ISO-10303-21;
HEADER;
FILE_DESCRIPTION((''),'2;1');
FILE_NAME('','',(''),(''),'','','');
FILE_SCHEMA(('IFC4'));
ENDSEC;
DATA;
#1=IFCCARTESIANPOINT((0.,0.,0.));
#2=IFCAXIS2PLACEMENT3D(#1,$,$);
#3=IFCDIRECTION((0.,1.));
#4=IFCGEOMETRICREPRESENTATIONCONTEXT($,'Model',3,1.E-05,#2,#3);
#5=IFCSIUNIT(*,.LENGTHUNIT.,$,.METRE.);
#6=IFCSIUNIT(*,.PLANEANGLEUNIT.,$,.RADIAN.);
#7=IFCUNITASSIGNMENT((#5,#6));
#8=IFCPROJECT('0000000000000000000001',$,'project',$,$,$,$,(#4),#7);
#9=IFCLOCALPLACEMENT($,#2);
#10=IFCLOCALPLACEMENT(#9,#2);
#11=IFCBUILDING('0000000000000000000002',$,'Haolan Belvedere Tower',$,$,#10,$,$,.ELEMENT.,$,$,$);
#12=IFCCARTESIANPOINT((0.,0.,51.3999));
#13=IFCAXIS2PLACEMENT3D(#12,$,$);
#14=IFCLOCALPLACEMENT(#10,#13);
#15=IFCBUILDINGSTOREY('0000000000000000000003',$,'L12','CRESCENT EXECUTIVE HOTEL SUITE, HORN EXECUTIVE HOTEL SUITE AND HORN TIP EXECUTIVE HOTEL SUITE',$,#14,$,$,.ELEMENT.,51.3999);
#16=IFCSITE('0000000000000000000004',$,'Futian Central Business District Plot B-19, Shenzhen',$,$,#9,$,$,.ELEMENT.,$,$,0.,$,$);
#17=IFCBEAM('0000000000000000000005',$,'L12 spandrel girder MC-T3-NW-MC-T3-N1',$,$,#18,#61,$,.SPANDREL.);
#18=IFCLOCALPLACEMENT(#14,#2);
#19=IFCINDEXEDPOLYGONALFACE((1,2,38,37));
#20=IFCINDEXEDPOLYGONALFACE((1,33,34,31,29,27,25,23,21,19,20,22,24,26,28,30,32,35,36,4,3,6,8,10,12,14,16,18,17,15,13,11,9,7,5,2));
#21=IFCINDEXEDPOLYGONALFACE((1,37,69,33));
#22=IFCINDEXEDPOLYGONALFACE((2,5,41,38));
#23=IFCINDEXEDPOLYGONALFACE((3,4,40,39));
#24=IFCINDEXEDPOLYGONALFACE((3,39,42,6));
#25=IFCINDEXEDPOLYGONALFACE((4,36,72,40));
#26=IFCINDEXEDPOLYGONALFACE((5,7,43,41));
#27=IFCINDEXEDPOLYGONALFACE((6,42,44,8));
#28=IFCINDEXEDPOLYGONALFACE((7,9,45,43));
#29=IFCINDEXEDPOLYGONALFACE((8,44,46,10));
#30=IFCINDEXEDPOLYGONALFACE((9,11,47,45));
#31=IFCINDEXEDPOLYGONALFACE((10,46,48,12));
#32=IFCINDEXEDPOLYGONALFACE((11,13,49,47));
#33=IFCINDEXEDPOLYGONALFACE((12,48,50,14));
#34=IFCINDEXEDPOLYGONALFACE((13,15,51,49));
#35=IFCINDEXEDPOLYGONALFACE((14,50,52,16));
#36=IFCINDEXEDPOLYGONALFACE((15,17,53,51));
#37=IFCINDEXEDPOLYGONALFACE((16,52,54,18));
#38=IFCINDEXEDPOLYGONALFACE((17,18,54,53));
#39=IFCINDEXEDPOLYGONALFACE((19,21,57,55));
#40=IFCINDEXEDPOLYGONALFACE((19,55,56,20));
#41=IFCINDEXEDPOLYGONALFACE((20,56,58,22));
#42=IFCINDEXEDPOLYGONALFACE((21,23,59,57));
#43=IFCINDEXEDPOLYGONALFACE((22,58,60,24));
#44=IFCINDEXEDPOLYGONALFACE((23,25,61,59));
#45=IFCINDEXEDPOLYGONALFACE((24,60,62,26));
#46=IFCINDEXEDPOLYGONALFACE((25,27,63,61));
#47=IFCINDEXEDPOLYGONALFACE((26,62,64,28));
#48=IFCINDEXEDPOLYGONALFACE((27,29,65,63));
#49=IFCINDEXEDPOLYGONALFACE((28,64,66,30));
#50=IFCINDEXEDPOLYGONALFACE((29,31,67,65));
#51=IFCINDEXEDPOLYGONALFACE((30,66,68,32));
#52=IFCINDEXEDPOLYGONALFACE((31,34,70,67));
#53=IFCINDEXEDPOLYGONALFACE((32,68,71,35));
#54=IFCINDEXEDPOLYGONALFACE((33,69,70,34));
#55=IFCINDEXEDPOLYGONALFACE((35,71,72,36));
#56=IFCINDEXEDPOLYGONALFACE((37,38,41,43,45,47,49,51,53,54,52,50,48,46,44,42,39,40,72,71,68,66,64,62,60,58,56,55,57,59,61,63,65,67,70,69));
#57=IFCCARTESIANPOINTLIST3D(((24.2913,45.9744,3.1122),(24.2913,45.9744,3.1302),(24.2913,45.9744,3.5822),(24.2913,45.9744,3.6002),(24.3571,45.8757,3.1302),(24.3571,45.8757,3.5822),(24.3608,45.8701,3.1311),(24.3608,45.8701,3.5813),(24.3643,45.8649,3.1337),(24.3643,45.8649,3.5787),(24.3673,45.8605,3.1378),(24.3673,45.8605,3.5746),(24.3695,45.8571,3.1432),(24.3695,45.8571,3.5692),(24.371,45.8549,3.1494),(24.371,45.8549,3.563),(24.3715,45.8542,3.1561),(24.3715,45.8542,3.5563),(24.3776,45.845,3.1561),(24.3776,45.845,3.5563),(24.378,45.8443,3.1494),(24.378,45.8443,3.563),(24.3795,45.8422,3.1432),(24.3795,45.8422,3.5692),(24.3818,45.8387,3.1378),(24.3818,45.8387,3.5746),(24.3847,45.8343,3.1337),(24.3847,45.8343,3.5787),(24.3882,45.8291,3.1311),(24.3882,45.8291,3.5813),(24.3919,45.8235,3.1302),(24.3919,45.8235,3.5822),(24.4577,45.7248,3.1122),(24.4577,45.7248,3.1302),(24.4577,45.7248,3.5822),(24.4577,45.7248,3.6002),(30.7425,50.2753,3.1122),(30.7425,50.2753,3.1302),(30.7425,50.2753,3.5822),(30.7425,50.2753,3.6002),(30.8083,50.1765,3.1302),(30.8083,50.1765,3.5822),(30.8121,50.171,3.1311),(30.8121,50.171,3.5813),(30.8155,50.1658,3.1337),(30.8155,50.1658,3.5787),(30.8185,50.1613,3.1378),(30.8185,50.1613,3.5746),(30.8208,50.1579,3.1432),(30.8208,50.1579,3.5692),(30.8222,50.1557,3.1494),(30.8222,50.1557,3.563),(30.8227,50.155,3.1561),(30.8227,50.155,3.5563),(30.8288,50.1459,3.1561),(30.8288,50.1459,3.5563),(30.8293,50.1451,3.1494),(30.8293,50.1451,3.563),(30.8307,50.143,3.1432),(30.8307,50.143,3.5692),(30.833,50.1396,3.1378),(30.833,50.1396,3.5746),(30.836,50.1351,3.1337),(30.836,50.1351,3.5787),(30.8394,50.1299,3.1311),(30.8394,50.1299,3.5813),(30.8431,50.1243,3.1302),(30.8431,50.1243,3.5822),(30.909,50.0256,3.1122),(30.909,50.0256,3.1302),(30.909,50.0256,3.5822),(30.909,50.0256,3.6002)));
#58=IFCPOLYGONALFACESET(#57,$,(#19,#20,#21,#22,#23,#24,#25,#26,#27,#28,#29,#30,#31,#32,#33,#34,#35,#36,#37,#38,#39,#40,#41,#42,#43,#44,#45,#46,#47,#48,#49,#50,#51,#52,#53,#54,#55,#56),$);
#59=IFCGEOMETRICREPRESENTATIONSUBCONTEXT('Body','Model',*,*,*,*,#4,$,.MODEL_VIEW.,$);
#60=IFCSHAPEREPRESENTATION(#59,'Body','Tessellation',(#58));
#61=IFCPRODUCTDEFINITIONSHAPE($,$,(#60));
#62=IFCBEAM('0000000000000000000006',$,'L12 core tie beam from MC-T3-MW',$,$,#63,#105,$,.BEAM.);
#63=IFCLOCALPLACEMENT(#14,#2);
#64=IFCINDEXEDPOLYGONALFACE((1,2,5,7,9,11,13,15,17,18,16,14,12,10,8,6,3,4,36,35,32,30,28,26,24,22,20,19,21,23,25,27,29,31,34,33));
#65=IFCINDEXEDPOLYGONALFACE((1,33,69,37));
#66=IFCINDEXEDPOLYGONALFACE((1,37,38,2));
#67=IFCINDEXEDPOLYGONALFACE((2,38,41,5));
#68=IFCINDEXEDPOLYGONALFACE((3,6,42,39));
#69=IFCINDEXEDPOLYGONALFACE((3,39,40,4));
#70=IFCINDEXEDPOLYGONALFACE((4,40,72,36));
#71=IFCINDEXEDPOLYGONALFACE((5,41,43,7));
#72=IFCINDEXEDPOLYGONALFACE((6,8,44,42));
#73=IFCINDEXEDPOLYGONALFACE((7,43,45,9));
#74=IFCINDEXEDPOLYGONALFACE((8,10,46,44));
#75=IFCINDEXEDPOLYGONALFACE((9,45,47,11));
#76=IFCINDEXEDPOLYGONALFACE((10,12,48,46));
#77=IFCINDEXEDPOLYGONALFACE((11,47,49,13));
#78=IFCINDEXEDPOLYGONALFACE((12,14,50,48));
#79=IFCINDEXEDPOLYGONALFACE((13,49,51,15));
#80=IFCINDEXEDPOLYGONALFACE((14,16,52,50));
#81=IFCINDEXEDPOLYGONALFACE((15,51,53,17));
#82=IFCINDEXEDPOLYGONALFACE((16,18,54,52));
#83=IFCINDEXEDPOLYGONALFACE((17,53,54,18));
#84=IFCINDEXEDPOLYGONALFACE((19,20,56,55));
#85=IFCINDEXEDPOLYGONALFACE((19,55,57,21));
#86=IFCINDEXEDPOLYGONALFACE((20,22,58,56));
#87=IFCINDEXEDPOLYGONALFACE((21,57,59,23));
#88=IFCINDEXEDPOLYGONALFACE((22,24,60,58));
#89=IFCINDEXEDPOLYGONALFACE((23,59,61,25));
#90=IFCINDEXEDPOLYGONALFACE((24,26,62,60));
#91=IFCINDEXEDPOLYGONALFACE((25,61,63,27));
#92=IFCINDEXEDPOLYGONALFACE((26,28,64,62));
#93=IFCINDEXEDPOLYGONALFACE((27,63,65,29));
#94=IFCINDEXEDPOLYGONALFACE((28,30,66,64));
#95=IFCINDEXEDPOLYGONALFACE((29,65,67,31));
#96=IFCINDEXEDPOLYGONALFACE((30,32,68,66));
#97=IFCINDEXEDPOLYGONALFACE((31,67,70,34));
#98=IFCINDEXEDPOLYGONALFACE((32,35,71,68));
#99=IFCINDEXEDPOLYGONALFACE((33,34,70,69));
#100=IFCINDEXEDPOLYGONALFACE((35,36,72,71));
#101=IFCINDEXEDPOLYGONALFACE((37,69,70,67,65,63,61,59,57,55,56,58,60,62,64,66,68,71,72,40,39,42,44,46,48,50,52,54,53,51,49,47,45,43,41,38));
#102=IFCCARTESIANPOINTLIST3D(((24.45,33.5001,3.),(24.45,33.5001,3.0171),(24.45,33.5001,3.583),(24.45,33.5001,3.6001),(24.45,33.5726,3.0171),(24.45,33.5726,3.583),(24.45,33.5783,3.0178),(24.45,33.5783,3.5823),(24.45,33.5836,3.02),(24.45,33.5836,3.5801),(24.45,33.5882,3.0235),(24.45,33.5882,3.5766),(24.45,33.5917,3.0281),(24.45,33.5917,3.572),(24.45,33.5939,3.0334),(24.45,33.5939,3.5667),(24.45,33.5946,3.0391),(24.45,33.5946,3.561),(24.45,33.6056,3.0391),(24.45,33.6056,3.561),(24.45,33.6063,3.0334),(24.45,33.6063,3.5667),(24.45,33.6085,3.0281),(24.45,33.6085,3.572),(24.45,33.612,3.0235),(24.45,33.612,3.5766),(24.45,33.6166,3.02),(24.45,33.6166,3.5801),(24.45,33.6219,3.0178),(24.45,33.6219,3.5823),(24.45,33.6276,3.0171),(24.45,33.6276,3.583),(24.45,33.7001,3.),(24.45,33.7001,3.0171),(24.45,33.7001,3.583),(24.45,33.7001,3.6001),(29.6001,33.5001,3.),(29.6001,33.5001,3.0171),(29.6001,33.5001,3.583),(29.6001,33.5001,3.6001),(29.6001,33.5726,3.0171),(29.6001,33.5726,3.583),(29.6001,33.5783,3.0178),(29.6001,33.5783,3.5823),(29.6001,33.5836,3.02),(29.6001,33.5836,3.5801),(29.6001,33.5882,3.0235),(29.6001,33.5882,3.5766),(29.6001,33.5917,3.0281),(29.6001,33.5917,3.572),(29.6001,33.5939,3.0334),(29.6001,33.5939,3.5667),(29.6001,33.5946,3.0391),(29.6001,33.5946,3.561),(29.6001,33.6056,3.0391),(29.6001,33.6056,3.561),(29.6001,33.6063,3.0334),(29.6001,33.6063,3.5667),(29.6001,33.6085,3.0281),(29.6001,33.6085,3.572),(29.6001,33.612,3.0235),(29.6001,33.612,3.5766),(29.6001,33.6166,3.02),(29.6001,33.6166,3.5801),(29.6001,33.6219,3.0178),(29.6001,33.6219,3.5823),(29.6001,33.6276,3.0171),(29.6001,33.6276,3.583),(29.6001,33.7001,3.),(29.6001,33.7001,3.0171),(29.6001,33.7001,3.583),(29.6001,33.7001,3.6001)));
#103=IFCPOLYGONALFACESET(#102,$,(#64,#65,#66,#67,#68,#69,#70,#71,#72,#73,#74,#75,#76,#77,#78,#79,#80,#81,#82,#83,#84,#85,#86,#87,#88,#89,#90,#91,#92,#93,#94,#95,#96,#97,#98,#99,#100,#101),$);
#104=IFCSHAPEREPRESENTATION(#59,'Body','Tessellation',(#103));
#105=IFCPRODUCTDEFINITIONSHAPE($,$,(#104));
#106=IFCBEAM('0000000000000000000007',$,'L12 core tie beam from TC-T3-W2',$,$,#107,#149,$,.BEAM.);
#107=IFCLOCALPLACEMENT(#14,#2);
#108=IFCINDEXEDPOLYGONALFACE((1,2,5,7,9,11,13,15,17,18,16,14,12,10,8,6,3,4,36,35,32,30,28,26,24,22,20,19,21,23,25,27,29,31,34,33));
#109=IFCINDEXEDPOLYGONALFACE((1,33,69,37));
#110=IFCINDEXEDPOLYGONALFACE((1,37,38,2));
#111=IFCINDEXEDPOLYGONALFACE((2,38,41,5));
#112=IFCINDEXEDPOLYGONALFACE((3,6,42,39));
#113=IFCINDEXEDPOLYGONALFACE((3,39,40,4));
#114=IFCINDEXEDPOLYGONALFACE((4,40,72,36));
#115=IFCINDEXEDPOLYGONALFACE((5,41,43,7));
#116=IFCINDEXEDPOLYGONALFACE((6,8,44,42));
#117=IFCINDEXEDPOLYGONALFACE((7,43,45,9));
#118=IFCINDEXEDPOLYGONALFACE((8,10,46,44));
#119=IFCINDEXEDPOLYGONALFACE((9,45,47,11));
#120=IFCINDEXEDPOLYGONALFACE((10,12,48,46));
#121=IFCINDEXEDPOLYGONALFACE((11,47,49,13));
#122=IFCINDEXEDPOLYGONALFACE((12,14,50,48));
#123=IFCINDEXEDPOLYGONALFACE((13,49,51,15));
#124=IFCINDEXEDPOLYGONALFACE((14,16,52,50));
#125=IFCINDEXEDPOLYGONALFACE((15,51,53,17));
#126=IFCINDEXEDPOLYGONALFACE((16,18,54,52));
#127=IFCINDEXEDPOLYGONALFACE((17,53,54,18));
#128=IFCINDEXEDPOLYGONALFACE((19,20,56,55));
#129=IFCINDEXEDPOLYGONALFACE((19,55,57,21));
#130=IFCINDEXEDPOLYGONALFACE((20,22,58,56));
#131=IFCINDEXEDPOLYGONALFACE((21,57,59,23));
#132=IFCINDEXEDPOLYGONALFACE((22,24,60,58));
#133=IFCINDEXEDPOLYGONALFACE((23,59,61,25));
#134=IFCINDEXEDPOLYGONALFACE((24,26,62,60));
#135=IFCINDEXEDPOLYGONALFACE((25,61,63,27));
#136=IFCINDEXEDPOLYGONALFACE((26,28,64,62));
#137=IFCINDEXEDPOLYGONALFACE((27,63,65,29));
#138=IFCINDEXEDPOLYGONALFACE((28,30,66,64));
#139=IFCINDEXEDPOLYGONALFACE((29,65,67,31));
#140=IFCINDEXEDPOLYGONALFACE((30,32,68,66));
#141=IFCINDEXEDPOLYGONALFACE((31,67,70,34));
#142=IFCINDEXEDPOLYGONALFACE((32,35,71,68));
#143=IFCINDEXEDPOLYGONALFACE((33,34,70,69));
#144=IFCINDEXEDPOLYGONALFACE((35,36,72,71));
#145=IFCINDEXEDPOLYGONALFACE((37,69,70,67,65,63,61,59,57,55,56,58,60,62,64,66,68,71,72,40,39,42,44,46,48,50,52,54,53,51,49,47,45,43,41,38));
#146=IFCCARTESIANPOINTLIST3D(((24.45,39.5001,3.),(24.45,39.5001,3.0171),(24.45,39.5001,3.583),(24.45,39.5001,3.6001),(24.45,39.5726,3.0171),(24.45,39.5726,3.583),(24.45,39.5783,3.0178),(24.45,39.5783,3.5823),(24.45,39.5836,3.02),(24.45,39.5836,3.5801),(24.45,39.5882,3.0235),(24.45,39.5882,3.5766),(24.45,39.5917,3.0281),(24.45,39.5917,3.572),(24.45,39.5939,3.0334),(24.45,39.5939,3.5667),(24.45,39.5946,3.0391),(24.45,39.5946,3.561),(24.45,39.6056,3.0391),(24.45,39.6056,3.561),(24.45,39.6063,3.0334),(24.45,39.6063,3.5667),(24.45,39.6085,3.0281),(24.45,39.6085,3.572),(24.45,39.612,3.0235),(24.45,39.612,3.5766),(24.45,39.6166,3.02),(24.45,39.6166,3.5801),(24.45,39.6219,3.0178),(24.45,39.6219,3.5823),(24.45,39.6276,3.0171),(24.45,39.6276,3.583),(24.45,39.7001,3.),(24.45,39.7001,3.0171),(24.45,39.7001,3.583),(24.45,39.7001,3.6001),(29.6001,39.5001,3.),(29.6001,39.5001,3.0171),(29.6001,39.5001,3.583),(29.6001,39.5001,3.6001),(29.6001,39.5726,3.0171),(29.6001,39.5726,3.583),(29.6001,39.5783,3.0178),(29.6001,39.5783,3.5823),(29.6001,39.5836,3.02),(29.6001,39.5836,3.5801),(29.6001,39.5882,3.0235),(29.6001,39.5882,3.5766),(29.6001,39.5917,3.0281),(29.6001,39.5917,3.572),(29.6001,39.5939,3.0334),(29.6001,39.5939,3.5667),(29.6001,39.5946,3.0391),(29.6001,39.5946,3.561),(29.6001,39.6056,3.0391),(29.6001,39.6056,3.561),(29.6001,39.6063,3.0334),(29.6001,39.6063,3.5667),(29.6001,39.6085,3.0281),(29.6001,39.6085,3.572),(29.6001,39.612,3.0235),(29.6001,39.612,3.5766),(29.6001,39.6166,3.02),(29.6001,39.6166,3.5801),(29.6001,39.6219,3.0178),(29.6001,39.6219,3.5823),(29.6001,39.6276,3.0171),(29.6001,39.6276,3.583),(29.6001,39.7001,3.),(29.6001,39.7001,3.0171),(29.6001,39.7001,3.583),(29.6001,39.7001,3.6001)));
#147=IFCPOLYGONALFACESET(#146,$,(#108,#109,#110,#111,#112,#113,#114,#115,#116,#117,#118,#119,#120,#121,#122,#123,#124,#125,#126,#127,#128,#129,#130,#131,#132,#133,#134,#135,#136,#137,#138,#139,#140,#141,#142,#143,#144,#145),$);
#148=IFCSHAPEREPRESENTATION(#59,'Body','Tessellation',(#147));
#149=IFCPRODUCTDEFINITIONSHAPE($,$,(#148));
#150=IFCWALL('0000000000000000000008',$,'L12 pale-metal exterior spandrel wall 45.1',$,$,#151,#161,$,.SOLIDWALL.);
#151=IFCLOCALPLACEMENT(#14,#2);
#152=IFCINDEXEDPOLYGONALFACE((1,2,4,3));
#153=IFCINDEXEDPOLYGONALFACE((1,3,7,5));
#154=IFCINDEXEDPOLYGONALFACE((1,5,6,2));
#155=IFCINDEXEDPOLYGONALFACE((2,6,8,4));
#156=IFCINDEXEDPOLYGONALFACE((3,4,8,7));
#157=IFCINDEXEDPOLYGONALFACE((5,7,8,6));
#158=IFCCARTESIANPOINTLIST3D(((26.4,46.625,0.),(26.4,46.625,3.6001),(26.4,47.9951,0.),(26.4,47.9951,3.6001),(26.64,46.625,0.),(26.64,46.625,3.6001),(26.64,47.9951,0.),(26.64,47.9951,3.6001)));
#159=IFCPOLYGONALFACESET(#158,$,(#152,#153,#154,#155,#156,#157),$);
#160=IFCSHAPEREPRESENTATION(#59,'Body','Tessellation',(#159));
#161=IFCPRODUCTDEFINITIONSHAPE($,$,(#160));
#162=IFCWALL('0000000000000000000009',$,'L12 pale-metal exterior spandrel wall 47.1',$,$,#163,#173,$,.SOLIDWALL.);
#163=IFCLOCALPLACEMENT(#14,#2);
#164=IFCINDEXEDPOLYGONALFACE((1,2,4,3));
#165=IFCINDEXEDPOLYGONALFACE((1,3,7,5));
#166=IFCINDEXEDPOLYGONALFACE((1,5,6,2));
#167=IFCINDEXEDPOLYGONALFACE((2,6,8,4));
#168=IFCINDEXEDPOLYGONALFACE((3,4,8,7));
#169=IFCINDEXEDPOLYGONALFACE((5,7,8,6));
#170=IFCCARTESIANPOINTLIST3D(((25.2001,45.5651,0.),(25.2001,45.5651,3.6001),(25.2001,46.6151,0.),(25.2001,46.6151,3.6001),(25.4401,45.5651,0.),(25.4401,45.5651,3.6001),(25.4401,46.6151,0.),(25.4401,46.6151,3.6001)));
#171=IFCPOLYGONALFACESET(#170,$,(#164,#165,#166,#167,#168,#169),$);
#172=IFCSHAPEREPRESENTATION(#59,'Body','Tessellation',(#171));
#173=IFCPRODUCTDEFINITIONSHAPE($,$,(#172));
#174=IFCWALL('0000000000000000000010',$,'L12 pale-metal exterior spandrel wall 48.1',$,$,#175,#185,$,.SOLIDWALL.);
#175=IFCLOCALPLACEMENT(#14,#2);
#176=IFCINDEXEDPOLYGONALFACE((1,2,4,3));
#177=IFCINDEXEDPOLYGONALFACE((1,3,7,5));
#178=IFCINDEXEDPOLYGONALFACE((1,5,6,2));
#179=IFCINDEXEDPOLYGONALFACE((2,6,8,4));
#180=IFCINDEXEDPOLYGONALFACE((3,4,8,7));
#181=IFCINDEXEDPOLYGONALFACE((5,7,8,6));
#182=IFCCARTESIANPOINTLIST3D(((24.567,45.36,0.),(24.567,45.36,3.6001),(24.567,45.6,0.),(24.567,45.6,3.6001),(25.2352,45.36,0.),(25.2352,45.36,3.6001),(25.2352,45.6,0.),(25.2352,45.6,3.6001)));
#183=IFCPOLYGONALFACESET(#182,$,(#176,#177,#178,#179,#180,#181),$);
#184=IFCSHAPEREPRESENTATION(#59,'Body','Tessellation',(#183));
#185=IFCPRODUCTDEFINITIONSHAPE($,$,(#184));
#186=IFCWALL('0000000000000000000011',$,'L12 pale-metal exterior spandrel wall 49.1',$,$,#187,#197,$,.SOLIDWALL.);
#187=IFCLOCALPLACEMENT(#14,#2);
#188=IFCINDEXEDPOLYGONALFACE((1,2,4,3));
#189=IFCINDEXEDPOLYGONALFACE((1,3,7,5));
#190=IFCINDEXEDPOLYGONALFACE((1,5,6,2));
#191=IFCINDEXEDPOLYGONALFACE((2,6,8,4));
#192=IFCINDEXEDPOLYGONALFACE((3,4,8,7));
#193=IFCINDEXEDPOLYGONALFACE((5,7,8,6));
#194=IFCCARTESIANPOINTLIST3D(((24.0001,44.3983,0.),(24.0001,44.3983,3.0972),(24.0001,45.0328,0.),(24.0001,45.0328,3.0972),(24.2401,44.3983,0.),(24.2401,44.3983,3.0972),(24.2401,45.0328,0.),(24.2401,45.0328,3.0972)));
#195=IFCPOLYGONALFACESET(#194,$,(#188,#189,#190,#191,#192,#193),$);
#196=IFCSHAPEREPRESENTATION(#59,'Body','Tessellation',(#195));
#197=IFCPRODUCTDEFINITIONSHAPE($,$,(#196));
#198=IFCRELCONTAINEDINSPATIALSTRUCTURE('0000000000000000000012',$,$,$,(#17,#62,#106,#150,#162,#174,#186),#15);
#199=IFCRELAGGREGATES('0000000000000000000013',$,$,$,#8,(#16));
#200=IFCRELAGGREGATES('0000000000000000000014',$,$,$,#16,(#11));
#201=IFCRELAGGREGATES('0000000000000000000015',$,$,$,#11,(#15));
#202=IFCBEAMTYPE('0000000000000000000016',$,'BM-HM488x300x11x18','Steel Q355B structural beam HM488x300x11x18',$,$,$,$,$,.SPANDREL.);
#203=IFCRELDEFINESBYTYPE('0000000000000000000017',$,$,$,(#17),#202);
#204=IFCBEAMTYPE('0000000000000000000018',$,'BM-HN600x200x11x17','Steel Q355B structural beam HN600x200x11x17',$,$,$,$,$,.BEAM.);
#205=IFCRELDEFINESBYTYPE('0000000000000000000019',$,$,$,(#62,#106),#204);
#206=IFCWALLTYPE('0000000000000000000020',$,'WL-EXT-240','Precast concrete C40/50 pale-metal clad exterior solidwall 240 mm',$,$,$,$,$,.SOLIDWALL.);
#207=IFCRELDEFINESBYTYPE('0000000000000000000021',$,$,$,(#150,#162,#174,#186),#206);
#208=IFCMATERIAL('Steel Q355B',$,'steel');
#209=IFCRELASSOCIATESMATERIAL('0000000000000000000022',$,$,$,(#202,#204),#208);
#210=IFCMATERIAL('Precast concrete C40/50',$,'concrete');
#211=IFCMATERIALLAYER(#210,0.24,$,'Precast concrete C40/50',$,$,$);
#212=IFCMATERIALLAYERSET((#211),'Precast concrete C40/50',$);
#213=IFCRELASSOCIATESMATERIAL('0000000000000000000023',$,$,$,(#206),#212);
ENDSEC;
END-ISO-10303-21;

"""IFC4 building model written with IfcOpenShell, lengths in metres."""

from ifc_helpers import new_model, si_unit, direction, frame, frame_2d, origin, origin_2d, place, context, subcontext, project, spatial, rectangle, i_section, extrude, material, layer, layer_set, material_profile, profile_set, type_object, element, save


model = new_model("IFC4")

# Units and contexts
model_context = context("Model", 3, precision=1e-05, world=origin(), true_north=direction((0.0, 1.0)))
body_context = subcontext(model_context, "Body", "Model", "MODEL_VIEW")
ifc_project = project(units=[si_unit("LENGTHUNIT", "METRE"), si_unit("PLANEANGLEUNIT", "RADIAN")], contexts=[model_context])

# Site, building, storey
site_placement = place(None, origin())
site = spatial("IfcSite", under=ifc_project, at=site_placement, Name="Futian Central Business District Plot B-19, Shenzhen", CompositionType="ELEMENT", RefElevation=0.0)
building_placement = place(site_placement, origin())
building = spatial("IfcBuilding", under=site, at=building_placement, Name="Haolan Belvedere Tower", CompositionType="ELEMENT")
storey_placement = place(building_placement, frame((0.0, 0.0, 51.3999)))
storey = spatial("IfcBuildingStorey", under=building, at=storey_placement, Name="L12", Description="CRESCENT EXECUTIVE HOTEL SUITE, HORN EXECUTIVE HOTEL SUITE AND HORN TIP EXECUTIVE HOTEL SUITE", CompositionType="ELEMENT", Elevation=51.3999)

# Shared definitions
ifc_material_1 = material(Name="Steel Q355B", Category="steel")

# Beams
ifc_material_profile_1 = material_profile(ifc_material_1, i_section(OverallWidth=0.3, OverallDepth=0.488, WebThickness=0.011, FlangeThickness=0.0181, FilletRadius=0.0259, at=origin_2d()), Name="Steel Q355B")
ifc_profile_set_1 = profile_set([ifc_material_profile_1], Name="Steel Q355B")
beam_type_1 = type_object("IfcBeamType", Name="BM-HM488x300x11x18", Description="Steel Q355B structural beam HM488x300x11x18", PredefinedType="SPANDREL", material=ifc_profile_set_1)
beam_placement = place(storey_placement, frame((24.3745, 45.8496, 3.3562), z_axis=(0.83205, 0.5547, 0.0), x_axis=(-0.5547, 0.83205, 0.0)))
element("IfcBeam", 1, at=beam_placement, inside=storey, type_object=beam_type_1, Name="L12 spandrel girder MC-T3-NW-MC-T3-N1", PredefinedType="SPANDREL", context=body_context, shape_type="SweptSolid", body=[
    extrude(i_section(OverallWidth=0.3, OverallDepth=0.488, WebThickness=0.011, FlangeThickness=0.0181, FilletRadius=0.0259, at=origin_2d()), origin(), (0.0, 0.0, 1.0), 7.7534),
])
ifc_material_profile_2 = material_profile(ifc_material_1, i_section(OverallWidth=0.2, OverallDepth=0.6001, WebThickness=0.011, FlangeThickness=0.0171, FilletRadius=0.022, at=origin_2d()), Name="Steel Q355B")
ifc_profile_set_2 = profile_set([ifc_material_profile_2], Name="Steel Q355B")
beam_type_2 = type_object("IfcBeamType", Name="BM-HN600x200x11x17", Description="Steel Q355B structural beam HN600x200x11x17", PredefinedType="BEAM", material=ifc_profile_set_2)
for number, where, z_axis, x_axis, name in (
    (2, (24.45, 33.6001, 3.3), (1.0, 0.0, 0.0), (0.0, 1.0, 0.0), "L12 core tie beam from MC-T3-MW"),
    (3, (24.45, 39.6001, 3.3), (1.0, 0.0, 0.0), (0.0, 1.0, 0.0), "L12 core tie beam from TC-T3-W2"),
):
    element("IfcBeam", number, at=place(storey_placement, frame(where, z_axis=z_axis, x_axis=x_axis)), inside=storey, type_object=beam_type_2, Name=name, PredefinedType="BEAM", context=body_context, shape_type="SweptSolid", body=[
        extrude(i_section(OverallWidth=0.2, OverallDepth=0.6001, WebThickness=0.011, FlangeThickness=0.0171, FilletRadius=0.022, at=origin_2d()), origin(), (0.0, 0.0, 1.0), 5.1501),
    ])

# Walls
ifc_material_2 = material(Name="Precast concrete C40/50", Category="concrete")
ifc_layer_1 = layer(ifc_material_2, 0.24, Name="Precast concrete C40/50")
ifc_layer_set_1 = layer_set([ifc_layer_1], Name="Precast concrete C40/50")
wall_type_1 = type_object("IfcWallType", Name="WL-EXT-240", Description="Precast concrete C40/50 pale-metal clad exterior solidwall 240 mm", PredefinedType="SOLIDWALL", material=ifc_layer_set_1)
wall_1_placement = place(storey_placement, frame((26.52, 47.9951, 0.0), z_axis=(0.0, 0.0, 1.0), x_axis=(0.0, -1.0, 0.0)))
element("IfcWall", 4, at=wall_1_placement, inside=storey, type_object=wall_type_1, Name="L12 pale-metal exterior spandrel wall 45.1", PredefinedType="SOLIDWALL", context=body_context, shape_type="SweptSolid", body=[
    extrude(rectangle(XDim=1.3701, YDim=0.24, at=frame_2d((0.6851, 0.0))), origin(), (0.0, 0.0, 1.0), 3.6001),
])
wall_2_placement = place(storey_placement, frame((25.3201, 46.615, 0.0), z_axis=(0.0, 0.0, 1.0), x_axis=(0.0, -1.0, 0.0)))
element("IfcWall", 5, at=wall_2_placement, inside=storey, type_object=wall_type_1, Name="L12 pale-metal exterior spandrel wall 47.1", PredefinedType="SOLIDWALL", context=body_context, shape_type="SweptSolid", body=[
    extrude(rectangle(XDim=1.05, YDim=0.24, at=frame_2d((0.5249, 0.0))), origin(), (0.0, 0.0, 1.0), 3.6001),
])
wall_3_placement = place(storey_placement, frame((25.2351, 45.48, 0.0), z_axis=(0.0, 0.0, 1.0), x_axis=(-1.0, 0.0, 0.0)))
element("IfcWall", 6, at=wall_3_placement, inside=storey, type_object=wall_type_1, Name="L12 pale-metal exterior spandrel wall 48.1", PredefinedType="SOLIDWALL", context=body_context, shape_type="SweptSolid", body=[
    extrude(rectangle(XDim=0.6682, YDim=0.24, at=frame_2d((0.334, 0.0))), origin(), (0.0, 0.0, 1.0), 3.6001),
])
wall_4_placement = place(storey_placement, frame((24.1201, 45.033, 0.0), z_axis=(0.0, 0.0, 1.0), x_axis=(0.0, -1.0, 0.0)))
element("IfcWall", 7, at=wall_4_placement, inside=storey, type_object=wall_type_1, Name="L12 pale-metal exterior spandrel wall 49.1", PredefinedType="SOLIDWALL", context=body_context, shape_type="SweptSolid", body=[
    extrude(rectangle(XDim=0.6345, YDim=0.24, at=frame_2d((0.3174, 0.0))), origin(), (0.0, 0.0, 1.0), 3.0972),
])

save(model, "model.ifc")
